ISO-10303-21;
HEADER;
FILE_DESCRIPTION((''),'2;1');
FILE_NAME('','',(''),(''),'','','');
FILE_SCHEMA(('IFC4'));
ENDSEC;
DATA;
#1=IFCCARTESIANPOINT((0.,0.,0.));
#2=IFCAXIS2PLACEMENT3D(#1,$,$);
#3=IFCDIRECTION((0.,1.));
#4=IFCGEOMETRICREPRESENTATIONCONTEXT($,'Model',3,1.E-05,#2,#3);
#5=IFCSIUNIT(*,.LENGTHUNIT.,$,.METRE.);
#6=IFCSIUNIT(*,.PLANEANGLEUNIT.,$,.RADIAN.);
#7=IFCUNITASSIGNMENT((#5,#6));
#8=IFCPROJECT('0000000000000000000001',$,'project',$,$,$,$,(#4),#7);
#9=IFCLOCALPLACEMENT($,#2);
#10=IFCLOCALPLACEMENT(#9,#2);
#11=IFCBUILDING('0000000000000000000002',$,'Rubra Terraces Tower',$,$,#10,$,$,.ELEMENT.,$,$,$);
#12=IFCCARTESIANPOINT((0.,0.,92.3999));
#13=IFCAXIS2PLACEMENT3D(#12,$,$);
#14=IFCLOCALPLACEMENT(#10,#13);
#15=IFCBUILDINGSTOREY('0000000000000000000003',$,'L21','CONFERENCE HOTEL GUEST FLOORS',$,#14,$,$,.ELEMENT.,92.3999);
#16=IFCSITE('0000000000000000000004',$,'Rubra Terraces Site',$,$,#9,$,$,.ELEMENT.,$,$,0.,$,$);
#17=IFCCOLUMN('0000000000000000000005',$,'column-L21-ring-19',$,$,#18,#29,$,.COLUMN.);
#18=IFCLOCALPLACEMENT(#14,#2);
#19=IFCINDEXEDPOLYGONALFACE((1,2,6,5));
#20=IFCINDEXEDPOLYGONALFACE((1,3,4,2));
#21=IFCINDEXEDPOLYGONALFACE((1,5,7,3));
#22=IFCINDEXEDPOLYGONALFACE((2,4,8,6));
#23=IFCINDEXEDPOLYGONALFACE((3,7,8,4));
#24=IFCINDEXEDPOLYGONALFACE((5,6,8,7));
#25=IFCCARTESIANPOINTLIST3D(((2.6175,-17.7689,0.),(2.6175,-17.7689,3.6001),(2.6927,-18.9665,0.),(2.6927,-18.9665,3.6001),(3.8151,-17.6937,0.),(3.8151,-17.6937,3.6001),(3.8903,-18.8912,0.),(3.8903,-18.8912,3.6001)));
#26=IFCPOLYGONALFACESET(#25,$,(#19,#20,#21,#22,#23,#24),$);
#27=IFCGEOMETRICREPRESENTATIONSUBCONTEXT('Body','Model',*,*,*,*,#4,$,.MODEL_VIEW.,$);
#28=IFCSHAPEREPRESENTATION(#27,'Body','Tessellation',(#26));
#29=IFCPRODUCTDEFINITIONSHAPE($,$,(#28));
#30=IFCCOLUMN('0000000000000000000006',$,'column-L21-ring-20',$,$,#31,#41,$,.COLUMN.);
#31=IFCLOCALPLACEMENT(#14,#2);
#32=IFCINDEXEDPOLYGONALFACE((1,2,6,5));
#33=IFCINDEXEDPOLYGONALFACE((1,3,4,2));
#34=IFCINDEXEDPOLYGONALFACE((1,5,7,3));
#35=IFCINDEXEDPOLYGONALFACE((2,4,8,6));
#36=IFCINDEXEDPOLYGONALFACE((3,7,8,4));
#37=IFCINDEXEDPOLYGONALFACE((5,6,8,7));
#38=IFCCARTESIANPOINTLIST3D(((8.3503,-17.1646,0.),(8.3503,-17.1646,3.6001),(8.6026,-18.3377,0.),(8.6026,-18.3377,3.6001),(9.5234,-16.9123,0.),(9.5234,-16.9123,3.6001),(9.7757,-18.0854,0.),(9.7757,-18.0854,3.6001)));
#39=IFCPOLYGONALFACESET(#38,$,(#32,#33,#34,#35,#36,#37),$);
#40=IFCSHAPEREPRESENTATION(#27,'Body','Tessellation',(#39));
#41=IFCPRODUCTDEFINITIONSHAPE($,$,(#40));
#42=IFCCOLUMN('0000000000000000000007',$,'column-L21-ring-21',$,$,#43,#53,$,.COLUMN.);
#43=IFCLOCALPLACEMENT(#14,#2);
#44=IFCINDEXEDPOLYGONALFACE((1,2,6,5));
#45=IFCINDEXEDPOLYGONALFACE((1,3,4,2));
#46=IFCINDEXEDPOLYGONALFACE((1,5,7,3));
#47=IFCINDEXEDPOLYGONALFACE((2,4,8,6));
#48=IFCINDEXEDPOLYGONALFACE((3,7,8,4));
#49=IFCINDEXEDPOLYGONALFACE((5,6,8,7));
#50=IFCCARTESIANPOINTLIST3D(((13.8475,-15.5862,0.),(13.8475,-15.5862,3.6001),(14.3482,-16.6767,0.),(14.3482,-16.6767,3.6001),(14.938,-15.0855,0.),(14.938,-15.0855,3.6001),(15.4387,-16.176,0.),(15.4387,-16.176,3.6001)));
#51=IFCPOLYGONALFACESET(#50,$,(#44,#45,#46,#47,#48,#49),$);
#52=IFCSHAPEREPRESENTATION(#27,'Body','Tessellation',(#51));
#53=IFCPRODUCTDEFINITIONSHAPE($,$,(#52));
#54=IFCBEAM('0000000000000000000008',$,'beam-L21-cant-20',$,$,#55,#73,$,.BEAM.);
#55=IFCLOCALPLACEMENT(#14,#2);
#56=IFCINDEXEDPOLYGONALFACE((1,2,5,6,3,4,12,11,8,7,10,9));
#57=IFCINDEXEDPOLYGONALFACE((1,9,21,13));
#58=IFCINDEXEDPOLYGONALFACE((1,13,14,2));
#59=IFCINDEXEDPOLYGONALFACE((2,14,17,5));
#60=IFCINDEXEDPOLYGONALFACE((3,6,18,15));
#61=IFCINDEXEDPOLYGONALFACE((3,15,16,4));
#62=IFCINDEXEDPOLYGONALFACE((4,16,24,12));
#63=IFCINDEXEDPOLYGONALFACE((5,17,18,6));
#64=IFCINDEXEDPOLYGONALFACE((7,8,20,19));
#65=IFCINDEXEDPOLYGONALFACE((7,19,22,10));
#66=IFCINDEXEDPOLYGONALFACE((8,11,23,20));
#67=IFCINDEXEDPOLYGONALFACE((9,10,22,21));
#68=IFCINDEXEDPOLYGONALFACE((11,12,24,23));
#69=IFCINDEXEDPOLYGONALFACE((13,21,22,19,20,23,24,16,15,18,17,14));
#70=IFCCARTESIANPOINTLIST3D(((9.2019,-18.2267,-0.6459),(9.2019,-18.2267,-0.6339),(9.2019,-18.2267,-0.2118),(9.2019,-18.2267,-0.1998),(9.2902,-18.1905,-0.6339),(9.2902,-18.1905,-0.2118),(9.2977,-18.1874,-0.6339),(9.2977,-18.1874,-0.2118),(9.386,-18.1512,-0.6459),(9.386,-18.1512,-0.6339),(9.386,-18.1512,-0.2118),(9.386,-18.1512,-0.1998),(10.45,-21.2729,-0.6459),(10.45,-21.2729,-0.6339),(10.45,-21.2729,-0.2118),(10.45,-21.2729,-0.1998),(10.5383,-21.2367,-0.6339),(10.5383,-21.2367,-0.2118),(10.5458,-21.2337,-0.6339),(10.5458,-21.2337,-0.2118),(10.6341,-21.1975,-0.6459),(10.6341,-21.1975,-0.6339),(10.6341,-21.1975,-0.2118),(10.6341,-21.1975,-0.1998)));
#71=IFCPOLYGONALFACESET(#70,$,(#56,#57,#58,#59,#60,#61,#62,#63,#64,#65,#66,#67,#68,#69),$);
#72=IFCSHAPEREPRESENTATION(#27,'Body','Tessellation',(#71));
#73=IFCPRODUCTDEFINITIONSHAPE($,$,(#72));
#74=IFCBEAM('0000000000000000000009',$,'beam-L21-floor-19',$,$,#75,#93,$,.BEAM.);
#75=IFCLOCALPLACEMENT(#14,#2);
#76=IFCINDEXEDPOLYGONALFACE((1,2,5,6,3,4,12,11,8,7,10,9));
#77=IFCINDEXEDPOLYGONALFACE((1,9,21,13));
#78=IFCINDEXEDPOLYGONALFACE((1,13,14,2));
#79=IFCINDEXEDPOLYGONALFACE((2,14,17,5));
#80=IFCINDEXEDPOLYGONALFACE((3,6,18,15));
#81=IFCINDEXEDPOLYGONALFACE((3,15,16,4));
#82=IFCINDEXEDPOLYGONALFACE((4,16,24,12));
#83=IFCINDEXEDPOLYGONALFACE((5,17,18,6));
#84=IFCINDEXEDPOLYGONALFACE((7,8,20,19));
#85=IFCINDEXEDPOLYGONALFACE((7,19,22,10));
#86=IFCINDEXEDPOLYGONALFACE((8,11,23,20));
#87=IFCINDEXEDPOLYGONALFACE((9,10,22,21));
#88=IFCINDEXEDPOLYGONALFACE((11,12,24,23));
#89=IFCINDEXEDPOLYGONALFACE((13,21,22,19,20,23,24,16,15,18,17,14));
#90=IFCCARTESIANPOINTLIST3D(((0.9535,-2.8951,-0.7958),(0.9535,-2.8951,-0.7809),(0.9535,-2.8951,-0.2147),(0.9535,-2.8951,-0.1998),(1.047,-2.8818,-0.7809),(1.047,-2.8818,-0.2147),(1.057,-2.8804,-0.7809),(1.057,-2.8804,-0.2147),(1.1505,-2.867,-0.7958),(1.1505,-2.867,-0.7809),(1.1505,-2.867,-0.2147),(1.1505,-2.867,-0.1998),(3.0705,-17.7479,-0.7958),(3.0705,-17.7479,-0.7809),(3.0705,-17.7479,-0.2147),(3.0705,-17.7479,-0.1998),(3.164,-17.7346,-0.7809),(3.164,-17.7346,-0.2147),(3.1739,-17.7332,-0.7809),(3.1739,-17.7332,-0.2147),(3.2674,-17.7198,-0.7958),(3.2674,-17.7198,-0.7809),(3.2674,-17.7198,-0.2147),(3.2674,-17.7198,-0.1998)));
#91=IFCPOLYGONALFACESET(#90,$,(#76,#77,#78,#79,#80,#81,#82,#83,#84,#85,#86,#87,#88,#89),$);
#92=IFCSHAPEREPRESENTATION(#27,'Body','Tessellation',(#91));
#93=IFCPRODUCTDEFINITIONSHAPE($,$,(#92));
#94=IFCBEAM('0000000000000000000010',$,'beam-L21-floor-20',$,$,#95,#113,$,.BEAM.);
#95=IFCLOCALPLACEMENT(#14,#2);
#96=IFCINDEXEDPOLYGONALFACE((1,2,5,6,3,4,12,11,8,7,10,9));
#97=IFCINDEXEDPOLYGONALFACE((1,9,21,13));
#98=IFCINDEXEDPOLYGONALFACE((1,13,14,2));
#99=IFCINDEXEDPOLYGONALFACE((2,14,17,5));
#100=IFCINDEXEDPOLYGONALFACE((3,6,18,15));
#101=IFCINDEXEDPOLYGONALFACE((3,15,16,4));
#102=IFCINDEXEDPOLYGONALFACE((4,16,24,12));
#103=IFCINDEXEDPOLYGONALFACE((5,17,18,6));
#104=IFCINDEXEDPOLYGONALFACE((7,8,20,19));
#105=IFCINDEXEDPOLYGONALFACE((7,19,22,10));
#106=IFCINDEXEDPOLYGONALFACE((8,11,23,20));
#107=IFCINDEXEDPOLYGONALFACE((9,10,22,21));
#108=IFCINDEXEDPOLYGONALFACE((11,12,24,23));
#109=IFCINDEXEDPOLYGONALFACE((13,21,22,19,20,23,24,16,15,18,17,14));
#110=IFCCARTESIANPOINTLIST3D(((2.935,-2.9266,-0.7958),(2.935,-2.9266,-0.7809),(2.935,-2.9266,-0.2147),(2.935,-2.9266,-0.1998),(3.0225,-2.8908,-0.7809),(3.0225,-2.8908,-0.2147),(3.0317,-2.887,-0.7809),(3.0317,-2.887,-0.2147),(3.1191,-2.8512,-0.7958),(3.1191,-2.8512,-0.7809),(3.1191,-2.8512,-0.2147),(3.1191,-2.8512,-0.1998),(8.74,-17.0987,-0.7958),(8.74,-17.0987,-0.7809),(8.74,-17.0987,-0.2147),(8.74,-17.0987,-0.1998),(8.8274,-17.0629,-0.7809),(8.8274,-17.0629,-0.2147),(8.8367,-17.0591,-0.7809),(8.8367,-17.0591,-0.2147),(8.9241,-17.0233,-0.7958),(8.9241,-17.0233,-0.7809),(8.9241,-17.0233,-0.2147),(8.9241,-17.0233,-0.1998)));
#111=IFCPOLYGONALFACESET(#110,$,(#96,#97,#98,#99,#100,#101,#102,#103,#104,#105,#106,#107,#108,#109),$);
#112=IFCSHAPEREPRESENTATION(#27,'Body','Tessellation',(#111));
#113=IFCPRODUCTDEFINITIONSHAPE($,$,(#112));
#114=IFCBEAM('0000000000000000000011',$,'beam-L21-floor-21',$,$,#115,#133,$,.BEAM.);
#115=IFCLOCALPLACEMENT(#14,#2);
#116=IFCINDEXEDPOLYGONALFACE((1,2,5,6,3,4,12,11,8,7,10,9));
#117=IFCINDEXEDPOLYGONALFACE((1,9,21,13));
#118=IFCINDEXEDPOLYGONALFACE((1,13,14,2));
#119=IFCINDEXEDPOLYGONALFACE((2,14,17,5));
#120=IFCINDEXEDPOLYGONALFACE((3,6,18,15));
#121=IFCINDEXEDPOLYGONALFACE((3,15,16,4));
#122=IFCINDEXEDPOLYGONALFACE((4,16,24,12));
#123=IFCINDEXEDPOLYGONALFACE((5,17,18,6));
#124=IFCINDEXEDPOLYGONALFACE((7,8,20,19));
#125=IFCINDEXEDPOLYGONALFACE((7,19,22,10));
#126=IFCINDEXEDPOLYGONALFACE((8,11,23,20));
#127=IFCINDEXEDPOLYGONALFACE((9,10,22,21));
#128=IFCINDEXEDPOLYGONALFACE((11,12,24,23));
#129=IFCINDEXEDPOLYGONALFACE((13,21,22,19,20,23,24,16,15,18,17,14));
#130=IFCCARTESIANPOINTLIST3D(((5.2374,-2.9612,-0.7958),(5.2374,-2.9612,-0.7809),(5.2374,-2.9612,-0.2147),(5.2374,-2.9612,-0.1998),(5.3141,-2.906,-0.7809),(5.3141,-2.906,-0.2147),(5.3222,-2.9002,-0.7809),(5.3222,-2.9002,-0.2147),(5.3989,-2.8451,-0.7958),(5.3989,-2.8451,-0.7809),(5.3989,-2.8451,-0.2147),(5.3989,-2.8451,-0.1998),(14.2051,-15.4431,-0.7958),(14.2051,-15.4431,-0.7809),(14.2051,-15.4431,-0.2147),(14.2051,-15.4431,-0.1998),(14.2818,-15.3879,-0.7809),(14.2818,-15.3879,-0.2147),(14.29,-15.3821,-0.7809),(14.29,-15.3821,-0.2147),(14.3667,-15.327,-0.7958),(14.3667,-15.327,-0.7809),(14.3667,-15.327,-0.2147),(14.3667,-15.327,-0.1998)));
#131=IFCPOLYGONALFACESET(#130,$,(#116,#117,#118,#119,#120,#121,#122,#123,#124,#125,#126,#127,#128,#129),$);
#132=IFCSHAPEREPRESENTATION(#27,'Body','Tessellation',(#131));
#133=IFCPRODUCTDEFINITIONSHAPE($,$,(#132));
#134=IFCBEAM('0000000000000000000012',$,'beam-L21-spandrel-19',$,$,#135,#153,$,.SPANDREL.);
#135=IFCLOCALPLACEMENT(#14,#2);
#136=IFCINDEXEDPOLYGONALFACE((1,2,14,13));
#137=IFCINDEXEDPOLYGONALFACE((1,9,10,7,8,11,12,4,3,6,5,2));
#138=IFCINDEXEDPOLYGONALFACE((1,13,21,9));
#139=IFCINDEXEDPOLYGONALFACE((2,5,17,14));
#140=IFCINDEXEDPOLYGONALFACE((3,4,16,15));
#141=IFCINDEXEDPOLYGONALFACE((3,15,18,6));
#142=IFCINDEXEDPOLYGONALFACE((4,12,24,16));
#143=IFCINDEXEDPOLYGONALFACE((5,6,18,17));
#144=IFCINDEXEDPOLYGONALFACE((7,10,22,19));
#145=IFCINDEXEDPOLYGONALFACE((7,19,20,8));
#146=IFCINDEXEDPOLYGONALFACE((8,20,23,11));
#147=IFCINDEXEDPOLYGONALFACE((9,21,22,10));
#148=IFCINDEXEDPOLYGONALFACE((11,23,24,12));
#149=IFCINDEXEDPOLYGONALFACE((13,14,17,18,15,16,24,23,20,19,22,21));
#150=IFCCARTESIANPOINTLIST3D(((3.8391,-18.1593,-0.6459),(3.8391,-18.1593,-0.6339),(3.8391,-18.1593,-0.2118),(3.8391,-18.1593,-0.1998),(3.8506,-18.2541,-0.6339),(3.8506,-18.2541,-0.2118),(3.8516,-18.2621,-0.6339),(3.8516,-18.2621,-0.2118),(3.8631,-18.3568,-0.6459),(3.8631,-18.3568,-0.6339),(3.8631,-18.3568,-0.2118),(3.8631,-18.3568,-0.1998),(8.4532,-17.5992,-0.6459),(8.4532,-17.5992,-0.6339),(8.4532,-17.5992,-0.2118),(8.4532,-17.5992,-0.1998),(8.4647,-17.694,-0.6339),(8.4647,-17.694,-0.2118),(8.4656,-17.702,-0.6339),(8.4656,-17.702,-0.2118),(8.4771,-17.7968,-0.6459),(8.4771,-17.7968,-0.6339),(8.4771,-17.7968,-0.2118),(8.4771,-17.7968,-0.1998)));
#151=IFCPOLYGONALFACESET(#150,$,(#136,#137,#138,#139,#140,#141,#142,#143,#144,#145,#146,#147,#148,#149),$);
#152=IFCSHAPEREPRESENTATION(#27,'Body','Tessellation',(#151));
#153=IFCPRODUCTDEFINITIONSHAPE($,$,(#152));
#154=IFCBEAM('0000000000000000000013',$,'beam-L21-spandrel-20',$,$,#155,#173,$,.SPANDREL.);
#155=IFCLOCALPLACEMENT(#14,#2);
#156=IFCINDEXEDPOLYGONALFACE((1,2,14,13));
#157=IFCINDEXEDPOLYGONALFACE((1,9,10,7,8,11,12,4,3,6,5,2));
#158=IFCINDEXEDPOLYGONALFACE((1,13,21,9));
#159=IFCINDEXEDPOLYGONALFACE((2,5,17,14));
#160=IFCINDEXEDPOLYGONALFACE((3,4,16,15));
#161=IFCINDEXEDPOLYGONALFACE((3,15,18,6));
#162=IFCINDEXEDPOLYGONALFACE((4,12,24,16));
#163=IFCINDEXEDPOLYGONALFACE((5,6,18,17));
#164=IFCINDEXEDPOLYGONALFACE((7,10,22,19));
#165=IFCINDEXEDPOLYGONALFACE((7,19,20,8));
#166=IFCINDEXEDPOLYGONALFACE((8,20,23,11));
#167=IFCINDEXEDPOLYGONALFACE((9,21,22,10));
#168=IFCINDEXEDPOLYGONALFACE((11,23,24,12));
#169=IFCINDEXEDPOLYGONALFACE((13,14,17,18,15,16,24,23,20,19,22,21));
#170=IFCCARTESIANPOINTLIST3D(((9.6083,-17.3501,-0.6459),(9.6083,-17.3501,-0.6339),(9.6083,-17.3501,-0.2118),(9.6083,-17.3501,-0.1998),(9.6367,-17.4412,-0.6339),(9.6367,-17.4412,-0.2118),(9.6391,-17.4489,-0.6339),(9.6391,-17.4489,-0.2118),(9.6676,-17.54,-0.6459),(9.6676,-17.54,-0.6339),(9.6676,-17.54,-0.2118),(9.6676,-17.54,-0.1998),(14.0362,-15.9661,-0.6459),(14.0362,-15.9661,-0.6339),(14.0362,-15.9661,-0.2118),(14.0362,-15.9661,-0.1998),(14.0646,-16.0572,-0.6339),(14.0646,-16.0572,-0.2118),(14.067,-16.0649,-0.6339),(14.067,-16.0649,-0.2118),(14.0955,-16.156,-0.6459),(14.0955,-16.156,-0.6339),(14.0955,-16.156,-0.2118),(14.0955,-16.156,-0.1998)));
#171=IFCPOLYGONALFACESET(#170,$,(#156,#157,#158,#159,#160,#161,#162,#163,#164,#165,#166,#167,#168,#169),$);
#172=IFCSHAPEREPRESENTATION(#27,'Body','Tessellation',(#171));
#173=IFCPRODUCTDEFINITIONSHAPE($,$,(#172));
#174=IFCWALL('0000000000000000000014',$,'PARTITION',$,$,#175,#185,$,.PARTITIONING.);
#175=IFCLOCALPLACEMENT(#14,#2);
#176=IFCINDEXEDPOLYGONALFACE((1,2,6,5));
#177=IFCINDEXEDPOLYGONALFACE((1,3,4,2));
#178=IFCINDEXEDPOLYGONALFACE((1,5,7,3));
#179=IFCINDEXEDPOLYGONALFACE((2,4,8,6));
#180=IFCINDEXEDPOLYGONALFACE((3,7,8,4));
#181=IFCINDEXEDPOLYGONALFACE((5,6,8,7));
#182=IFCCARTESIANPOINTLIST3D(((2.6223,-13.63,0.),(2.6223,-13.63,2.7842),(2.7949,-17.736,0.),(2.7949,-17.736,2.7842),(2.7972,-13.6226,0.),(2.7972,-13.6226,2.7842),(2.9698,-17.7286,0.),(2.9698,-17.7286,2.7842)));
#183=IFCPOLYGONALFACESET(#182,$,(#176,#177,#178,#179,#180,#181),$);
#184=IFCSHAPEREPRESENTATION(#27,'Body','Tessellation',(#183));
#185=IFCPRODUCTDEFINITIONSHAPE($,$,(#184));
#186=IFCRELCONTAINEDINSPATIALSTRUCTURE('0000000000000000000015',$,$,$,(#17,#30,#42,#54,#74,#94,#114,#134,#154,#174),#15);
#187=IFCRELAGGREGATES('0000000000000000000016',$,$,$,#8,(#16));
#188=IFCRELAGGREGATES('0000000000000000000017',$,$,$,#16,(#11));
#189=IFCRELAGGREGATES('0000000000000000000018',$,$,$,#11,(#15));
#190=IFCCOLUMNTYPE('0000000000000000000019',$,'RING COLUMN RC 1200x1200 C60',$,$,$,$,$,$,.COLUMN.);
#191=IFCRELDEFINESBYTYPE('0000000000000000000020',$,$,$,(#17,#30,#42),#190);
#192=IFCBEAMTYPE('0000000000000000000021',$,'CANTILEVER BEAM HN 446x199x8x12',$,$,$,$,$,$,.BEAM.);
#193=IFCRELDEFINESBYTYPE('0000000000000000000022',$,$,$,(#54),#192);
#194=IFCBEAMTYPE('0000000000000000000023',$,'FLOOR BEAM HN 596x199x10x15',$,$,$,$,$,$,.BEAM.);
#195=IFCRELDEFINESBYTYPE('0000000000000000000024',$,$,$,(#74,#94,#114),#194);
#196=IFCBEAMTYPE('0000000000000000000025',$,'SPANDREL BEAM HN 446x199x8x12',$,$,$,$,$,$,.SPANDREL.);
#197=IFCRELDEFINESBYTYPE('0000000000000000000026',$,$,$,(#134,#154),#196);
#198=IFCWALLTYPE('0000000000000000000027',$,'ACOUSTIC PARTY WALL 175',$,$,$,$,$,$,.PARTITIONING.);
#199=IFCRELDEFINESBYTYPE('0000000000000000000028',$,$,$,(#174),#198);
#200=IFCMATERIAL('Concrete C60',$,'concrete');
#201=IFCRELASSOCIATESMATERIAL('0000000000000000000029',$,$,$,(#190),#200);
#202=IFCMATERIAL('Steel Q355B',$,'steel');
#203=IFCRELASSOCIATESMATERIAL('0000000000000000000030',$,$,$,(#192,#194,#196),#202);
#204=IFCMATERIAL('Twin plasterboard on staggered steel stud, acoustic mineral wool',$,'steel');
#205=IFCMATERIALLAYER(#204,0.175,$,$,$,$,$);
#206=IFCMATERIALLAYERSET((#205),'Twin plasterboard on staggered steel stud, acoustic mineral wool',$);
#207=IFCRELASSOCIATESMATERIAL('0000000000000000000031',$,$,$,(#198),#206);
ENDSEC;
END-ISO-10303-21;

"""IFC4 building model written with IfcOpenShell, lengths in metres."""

from ifc_helpers import new_model, si_unit, direction, frame, frame_2d, origin, origin_2d, place, context, subcontext, project, spatial, rectangle, i_section, extrude, material, layer, layer_set, material_profile, profile_set, type_object, element, save


model = new_model("IFC4")

# Units and contexts
model_context = context("Model", 3, precision=1e-05, world=origin(), true_north=direction((0.0, 1.0)))
body_context = subcontext(model_context, "Body", "Model", "MODEL_VIEW")
ifc_project = project(units=[si_unit("LENGTHUNIT", "METRE"), si_unit("PLANEANGLEUNIT", "RADIAN")], contexts=[model_context])

# Site, building, storey
site_placement = place(None, origin())
site = spatial("IfcSite", under=ifc_project, at=site_placement, Name="Rubra Terraces Site", CompositionType="ELEMENT", RefElevation=0.0)
building_placement = place(site_placement, origin())
building = spatial("IfcBuilding", under=site, at=building_placement, Name="Rubra Terraces Tower", CompositionType="ELEMENT")
storey_placement = place(building_placement, frame((0.0, 0.0, 92.3999)))
storey = spatial("IfcBuildingStorey", under=building, at=storey_placement, Name="L21", Description="CONFERENCE HOTEL GUEST FLOORS", CompositionType="ELEMENT", Elevation=92.3999)

# Columns
ifc_material_1 = material(Name="Concrete C60", Category="concrete")
ifc_material_profile_1 = material_profile(ifc_material_1, rectangle(XDim=1.2, YDim=1.2, at=origin_2d()), Name="RC 1200x1200")
ifc_profile_set_1 = profile_set([ifc_material_profile_1], Name="Concrete C60")
column_type = type_object("IfcColumnType", Name="RING COLUMN RC 1200x1200 C60", PredefinedType="COLUMN", material=ifc_profile_set_1)
for number, where, z_axis, x_axis, name in (
    (1, (3.2539, -18.3301, 0.0), (0.0, 0.0, 1.0), (0.998032, 0.062714, 0.0), "column-L21-ring-19"),
    (2, (9.063, -17.625, 0.0), (0.0, 0.0, 1.0), (0.977653, 0.210227, 0.0), "column-L21-ring-20"),
    (3, (14.6431, -15.8811, 0.0), (0.0, 0.0, 1.0), (0.908779, 0.417279, 0.0), "column-L21-ring-21"),
):
    element("IfcColumn", number, at=place(storey_placement, frame(where, z_axis=z_axis, x_axis=x_axis)), inside=storey, type_object=column_type, Name=name, PredefinedType="COLUMN", context=body_context, shape_type="SweptSolid", body=[
        extrude(rectangle(XDim=1.2, YDim=1.2, at=origin_2d()), origin(), (0.0, 0.0, 1.0), 3.6001),
    ])

# Beams
ifc_material_2 = material(Name="Steel Q355B", Category="steel")
ifc_material_profile_2 = material_profile(ifc_material_2, i_section(OverallWidth=0.199, OverallDepth=0.446, WebThickness=0.0081, FlangeThickness=0.012, at=origin_2d()), Name="HN 446x199x8x12")
ifc_profile_set_2 = profile_set([ifc_material_profile_2], Name="Steel Q355B")
beam_type_1 = type_object("IfcBeamType", Name="CANTILEVER BEAM HN 446x199x8x12", PredefinedType="BEAM", material=ifc_profile_set_2)
beam_1_placement = place(storey_placement, frame((9.2939, -18.189, -0.4229), z_axis=(0.379127, -0.925345, 0.0), x_axis=(0.925345, 0.379127, 0.0)))
element("IfcBeam", 4, at=beam_1_placement, inside=storey, type_object=beam_type_1, Name="beam-L21-cant-20", PredefinedType="BEAM", context=body_context, shape_type="SweptSolid", body=[
    extrude(i_section(OverallWidth=0.199, OverallDepth=0.446, WebThickness=0.0081, FlangeThickness=0.012, at=origin_2d()), origin(), (0.0, 0.0, 1.0), 3.292),
])
ifc_material_profile_3 = material_profile(ifc_material_2, i_section(OverallWidth=0.199, OverallDepth=0.5959, WebThickness=0.01, FlangeThickness=0.0149, at=origin_2d()), Name="HN 596x199x10x15")
ifc_profile_set_3 = profile_set([ifc_material_profile_3], Name="Steel Q355B")
beam_type_2 = type_object("IfcBeamType", Name="FLOOR BEAM HN 596x199x10x15", PredefinedType="BEAM", material=ifc_profile_set_3)
beam_2_placement = place(storey_placement, frame((3.1689, -17.7339, -0.4978), z_axis=(-0.141102, 0.989995, 0.0), x_axis=(-0.989995, -0.141102, 0.0)))
element("IfcBeam", 5, at=beam_2_placement, inside=storey, type_object=beam_type_2, Name="beam-L21-floor-19", PredefinedType="BEAM", context=body_context, shape_type="SweptSolid", body=[
    extrude(i_section(OverallWidth=0.199, OverallDepth=0.5959, WebThickness=0.01, FlangeThickness=0.0149, at=origin_2d()), origin(), (0.0, 0.0, 1.0), 15.0029),
])
beam_3_placement = place(storey_placement, frame((8.832, -17.061, -0.4978), z_axis=(-0.379038, 0.925381, 0.0), x_axis=(-0.925381, -0.379038, 0.0)))
element("IfcBeam", 6, at=beam_3_placement, inside=storey, type_object=beam_type_2, Name="beam-L21-floor-20", PredefinedType="BEAM", context=body_context, shape_type="SweptSolid", body=[
    extrude(i_section(OverallWidth=0.199, OverallDepth=0.5959, WebThickness=0.01, FlangeThickness=0.0149, at=origin_2d()), origin(), (0.0, 0.0, 1.0), 15.3149),
])
beam_4_placement = place(storey_placement, frame((14.2859, -15.385, -0.4978), z_axis=(-0.583481, 0.812127, 0.0), x_axis=(-0.812127, -0.583481, 0.0)))
element("IfcBeam", 7, at=beam_4_placement, inside=storey, type_object=beam_type_2, Name="beam-L21-floor-21", PredefinedType="BEAM", context=body_context, shape_type="SweptSolid", body=[
    extrude(i_section(OverallWidth=0.199, OverallDepth=0.5959, WebThickness=0.01, FlangeThickness=0.0149, at=origin_2d()), origin(), (0.0, 0.0, 1.0), 15.3694),
])
ifc_material_profile_4 = material_profile(ifc_material_2, i_section(OverallWidth=0.199, OverallDepth=0.446, WebThickness=0.0081, FlangeThickness=0.012, at=origin_2d()), Name="HN 446x199x8x12")
ifc_profile_set_4 = profile_set([ifc_material_profile_4], Name="Steel Q355B")
beam_type_3 = type_object("IfcBeamType", Name="SPANDREL BEAM HN 446x199x8x12", PredefinedType="SPANDREL", material=ifc_profile_set_4)
beam_5_placement = place(storey_placement, frame((3.8511, -18.2581, -0.4229), z_axis=(0.992714, 0.120498, 0.0), x_axis=(-0.120498, 0.992714, 0.0)))
element("IfcBeam", 8, at=beam_5_placement, inside=storey, type_object=beam_type_3, Name="beam-L21-spandrel-19", PredefinedType="SPANDREL", context=body_context, shape_type="SweptSolid", body=[
    extrude(i_section(OverallWidth=0.199, OverallDepth=0.446, WebThickness=0.0081, FlangeThickness=0.012, at=origin_2d()), origin(), (0.0, 0.0, 1.0), 4.6479),
])
beam_6_placement = place(storey_placement, frame((9.6379, -17.4451, -0.4229), z_axis=(0.954462, 0.298332, 0.0), x_axis=(-0.298332, 0.954462, 0.0)))
element("IfcBeam", 9, at=beam_6_placement, inside=storey, type_object=beam_type_3, Name="beam-L21-spandrel-20", PredefinedType="SPANDREL", context=body_context, shape_type="SweptSolid", body=[
    extrude(i_section(OverallWidth=0.199, OverallDepth=0.446, WebThickness=0.0081, FlangeThickness=0.012, at=origin_2d()), origin(), (0.0, 0.0, 1.0), 4.6392),
])

# Wall
ifc_material_3 = material(Name="Twin plasterboard on staggered steel stud, acoustic mineral wool", Category="steel")
ifc_layer_1 = layer(ifc_material_3, 0.175)
ifc_layer_set_1 = layer_set([ifc_layer_1], Name="Twin plasterboard on staggered steel stud, acoustic mineral wool")
wall_type_1 = type_object("IfcWallType", Name="ACOUSTIC PARTY WALL 175", PredefinedType="PARTITIONING", material=ifc_layer_set_1)
wall_1_placement = place(storey_placement, frame((2.8823, -17.7322, 0.0), z_axis=(0.0, 0.0, 1.0), x_axis=(-0.042001, 0.999118, 0.0)))
element("IfcWall", 10, at=wall_1_placement, inside=storey, type_object=wall_type_1, Name="PARTITION", PredefinedType="PARTITIONING", context=body_context, shape_type="SweptSolid", body=[
    extrude(rectangle(XDim=4.1096, YDim=0.175, at=frame_2d((2.0547, 0.0))), origin(), (0.0, 0.0, 1.0), 2.7842),
])

save(model, "model.ifc")
